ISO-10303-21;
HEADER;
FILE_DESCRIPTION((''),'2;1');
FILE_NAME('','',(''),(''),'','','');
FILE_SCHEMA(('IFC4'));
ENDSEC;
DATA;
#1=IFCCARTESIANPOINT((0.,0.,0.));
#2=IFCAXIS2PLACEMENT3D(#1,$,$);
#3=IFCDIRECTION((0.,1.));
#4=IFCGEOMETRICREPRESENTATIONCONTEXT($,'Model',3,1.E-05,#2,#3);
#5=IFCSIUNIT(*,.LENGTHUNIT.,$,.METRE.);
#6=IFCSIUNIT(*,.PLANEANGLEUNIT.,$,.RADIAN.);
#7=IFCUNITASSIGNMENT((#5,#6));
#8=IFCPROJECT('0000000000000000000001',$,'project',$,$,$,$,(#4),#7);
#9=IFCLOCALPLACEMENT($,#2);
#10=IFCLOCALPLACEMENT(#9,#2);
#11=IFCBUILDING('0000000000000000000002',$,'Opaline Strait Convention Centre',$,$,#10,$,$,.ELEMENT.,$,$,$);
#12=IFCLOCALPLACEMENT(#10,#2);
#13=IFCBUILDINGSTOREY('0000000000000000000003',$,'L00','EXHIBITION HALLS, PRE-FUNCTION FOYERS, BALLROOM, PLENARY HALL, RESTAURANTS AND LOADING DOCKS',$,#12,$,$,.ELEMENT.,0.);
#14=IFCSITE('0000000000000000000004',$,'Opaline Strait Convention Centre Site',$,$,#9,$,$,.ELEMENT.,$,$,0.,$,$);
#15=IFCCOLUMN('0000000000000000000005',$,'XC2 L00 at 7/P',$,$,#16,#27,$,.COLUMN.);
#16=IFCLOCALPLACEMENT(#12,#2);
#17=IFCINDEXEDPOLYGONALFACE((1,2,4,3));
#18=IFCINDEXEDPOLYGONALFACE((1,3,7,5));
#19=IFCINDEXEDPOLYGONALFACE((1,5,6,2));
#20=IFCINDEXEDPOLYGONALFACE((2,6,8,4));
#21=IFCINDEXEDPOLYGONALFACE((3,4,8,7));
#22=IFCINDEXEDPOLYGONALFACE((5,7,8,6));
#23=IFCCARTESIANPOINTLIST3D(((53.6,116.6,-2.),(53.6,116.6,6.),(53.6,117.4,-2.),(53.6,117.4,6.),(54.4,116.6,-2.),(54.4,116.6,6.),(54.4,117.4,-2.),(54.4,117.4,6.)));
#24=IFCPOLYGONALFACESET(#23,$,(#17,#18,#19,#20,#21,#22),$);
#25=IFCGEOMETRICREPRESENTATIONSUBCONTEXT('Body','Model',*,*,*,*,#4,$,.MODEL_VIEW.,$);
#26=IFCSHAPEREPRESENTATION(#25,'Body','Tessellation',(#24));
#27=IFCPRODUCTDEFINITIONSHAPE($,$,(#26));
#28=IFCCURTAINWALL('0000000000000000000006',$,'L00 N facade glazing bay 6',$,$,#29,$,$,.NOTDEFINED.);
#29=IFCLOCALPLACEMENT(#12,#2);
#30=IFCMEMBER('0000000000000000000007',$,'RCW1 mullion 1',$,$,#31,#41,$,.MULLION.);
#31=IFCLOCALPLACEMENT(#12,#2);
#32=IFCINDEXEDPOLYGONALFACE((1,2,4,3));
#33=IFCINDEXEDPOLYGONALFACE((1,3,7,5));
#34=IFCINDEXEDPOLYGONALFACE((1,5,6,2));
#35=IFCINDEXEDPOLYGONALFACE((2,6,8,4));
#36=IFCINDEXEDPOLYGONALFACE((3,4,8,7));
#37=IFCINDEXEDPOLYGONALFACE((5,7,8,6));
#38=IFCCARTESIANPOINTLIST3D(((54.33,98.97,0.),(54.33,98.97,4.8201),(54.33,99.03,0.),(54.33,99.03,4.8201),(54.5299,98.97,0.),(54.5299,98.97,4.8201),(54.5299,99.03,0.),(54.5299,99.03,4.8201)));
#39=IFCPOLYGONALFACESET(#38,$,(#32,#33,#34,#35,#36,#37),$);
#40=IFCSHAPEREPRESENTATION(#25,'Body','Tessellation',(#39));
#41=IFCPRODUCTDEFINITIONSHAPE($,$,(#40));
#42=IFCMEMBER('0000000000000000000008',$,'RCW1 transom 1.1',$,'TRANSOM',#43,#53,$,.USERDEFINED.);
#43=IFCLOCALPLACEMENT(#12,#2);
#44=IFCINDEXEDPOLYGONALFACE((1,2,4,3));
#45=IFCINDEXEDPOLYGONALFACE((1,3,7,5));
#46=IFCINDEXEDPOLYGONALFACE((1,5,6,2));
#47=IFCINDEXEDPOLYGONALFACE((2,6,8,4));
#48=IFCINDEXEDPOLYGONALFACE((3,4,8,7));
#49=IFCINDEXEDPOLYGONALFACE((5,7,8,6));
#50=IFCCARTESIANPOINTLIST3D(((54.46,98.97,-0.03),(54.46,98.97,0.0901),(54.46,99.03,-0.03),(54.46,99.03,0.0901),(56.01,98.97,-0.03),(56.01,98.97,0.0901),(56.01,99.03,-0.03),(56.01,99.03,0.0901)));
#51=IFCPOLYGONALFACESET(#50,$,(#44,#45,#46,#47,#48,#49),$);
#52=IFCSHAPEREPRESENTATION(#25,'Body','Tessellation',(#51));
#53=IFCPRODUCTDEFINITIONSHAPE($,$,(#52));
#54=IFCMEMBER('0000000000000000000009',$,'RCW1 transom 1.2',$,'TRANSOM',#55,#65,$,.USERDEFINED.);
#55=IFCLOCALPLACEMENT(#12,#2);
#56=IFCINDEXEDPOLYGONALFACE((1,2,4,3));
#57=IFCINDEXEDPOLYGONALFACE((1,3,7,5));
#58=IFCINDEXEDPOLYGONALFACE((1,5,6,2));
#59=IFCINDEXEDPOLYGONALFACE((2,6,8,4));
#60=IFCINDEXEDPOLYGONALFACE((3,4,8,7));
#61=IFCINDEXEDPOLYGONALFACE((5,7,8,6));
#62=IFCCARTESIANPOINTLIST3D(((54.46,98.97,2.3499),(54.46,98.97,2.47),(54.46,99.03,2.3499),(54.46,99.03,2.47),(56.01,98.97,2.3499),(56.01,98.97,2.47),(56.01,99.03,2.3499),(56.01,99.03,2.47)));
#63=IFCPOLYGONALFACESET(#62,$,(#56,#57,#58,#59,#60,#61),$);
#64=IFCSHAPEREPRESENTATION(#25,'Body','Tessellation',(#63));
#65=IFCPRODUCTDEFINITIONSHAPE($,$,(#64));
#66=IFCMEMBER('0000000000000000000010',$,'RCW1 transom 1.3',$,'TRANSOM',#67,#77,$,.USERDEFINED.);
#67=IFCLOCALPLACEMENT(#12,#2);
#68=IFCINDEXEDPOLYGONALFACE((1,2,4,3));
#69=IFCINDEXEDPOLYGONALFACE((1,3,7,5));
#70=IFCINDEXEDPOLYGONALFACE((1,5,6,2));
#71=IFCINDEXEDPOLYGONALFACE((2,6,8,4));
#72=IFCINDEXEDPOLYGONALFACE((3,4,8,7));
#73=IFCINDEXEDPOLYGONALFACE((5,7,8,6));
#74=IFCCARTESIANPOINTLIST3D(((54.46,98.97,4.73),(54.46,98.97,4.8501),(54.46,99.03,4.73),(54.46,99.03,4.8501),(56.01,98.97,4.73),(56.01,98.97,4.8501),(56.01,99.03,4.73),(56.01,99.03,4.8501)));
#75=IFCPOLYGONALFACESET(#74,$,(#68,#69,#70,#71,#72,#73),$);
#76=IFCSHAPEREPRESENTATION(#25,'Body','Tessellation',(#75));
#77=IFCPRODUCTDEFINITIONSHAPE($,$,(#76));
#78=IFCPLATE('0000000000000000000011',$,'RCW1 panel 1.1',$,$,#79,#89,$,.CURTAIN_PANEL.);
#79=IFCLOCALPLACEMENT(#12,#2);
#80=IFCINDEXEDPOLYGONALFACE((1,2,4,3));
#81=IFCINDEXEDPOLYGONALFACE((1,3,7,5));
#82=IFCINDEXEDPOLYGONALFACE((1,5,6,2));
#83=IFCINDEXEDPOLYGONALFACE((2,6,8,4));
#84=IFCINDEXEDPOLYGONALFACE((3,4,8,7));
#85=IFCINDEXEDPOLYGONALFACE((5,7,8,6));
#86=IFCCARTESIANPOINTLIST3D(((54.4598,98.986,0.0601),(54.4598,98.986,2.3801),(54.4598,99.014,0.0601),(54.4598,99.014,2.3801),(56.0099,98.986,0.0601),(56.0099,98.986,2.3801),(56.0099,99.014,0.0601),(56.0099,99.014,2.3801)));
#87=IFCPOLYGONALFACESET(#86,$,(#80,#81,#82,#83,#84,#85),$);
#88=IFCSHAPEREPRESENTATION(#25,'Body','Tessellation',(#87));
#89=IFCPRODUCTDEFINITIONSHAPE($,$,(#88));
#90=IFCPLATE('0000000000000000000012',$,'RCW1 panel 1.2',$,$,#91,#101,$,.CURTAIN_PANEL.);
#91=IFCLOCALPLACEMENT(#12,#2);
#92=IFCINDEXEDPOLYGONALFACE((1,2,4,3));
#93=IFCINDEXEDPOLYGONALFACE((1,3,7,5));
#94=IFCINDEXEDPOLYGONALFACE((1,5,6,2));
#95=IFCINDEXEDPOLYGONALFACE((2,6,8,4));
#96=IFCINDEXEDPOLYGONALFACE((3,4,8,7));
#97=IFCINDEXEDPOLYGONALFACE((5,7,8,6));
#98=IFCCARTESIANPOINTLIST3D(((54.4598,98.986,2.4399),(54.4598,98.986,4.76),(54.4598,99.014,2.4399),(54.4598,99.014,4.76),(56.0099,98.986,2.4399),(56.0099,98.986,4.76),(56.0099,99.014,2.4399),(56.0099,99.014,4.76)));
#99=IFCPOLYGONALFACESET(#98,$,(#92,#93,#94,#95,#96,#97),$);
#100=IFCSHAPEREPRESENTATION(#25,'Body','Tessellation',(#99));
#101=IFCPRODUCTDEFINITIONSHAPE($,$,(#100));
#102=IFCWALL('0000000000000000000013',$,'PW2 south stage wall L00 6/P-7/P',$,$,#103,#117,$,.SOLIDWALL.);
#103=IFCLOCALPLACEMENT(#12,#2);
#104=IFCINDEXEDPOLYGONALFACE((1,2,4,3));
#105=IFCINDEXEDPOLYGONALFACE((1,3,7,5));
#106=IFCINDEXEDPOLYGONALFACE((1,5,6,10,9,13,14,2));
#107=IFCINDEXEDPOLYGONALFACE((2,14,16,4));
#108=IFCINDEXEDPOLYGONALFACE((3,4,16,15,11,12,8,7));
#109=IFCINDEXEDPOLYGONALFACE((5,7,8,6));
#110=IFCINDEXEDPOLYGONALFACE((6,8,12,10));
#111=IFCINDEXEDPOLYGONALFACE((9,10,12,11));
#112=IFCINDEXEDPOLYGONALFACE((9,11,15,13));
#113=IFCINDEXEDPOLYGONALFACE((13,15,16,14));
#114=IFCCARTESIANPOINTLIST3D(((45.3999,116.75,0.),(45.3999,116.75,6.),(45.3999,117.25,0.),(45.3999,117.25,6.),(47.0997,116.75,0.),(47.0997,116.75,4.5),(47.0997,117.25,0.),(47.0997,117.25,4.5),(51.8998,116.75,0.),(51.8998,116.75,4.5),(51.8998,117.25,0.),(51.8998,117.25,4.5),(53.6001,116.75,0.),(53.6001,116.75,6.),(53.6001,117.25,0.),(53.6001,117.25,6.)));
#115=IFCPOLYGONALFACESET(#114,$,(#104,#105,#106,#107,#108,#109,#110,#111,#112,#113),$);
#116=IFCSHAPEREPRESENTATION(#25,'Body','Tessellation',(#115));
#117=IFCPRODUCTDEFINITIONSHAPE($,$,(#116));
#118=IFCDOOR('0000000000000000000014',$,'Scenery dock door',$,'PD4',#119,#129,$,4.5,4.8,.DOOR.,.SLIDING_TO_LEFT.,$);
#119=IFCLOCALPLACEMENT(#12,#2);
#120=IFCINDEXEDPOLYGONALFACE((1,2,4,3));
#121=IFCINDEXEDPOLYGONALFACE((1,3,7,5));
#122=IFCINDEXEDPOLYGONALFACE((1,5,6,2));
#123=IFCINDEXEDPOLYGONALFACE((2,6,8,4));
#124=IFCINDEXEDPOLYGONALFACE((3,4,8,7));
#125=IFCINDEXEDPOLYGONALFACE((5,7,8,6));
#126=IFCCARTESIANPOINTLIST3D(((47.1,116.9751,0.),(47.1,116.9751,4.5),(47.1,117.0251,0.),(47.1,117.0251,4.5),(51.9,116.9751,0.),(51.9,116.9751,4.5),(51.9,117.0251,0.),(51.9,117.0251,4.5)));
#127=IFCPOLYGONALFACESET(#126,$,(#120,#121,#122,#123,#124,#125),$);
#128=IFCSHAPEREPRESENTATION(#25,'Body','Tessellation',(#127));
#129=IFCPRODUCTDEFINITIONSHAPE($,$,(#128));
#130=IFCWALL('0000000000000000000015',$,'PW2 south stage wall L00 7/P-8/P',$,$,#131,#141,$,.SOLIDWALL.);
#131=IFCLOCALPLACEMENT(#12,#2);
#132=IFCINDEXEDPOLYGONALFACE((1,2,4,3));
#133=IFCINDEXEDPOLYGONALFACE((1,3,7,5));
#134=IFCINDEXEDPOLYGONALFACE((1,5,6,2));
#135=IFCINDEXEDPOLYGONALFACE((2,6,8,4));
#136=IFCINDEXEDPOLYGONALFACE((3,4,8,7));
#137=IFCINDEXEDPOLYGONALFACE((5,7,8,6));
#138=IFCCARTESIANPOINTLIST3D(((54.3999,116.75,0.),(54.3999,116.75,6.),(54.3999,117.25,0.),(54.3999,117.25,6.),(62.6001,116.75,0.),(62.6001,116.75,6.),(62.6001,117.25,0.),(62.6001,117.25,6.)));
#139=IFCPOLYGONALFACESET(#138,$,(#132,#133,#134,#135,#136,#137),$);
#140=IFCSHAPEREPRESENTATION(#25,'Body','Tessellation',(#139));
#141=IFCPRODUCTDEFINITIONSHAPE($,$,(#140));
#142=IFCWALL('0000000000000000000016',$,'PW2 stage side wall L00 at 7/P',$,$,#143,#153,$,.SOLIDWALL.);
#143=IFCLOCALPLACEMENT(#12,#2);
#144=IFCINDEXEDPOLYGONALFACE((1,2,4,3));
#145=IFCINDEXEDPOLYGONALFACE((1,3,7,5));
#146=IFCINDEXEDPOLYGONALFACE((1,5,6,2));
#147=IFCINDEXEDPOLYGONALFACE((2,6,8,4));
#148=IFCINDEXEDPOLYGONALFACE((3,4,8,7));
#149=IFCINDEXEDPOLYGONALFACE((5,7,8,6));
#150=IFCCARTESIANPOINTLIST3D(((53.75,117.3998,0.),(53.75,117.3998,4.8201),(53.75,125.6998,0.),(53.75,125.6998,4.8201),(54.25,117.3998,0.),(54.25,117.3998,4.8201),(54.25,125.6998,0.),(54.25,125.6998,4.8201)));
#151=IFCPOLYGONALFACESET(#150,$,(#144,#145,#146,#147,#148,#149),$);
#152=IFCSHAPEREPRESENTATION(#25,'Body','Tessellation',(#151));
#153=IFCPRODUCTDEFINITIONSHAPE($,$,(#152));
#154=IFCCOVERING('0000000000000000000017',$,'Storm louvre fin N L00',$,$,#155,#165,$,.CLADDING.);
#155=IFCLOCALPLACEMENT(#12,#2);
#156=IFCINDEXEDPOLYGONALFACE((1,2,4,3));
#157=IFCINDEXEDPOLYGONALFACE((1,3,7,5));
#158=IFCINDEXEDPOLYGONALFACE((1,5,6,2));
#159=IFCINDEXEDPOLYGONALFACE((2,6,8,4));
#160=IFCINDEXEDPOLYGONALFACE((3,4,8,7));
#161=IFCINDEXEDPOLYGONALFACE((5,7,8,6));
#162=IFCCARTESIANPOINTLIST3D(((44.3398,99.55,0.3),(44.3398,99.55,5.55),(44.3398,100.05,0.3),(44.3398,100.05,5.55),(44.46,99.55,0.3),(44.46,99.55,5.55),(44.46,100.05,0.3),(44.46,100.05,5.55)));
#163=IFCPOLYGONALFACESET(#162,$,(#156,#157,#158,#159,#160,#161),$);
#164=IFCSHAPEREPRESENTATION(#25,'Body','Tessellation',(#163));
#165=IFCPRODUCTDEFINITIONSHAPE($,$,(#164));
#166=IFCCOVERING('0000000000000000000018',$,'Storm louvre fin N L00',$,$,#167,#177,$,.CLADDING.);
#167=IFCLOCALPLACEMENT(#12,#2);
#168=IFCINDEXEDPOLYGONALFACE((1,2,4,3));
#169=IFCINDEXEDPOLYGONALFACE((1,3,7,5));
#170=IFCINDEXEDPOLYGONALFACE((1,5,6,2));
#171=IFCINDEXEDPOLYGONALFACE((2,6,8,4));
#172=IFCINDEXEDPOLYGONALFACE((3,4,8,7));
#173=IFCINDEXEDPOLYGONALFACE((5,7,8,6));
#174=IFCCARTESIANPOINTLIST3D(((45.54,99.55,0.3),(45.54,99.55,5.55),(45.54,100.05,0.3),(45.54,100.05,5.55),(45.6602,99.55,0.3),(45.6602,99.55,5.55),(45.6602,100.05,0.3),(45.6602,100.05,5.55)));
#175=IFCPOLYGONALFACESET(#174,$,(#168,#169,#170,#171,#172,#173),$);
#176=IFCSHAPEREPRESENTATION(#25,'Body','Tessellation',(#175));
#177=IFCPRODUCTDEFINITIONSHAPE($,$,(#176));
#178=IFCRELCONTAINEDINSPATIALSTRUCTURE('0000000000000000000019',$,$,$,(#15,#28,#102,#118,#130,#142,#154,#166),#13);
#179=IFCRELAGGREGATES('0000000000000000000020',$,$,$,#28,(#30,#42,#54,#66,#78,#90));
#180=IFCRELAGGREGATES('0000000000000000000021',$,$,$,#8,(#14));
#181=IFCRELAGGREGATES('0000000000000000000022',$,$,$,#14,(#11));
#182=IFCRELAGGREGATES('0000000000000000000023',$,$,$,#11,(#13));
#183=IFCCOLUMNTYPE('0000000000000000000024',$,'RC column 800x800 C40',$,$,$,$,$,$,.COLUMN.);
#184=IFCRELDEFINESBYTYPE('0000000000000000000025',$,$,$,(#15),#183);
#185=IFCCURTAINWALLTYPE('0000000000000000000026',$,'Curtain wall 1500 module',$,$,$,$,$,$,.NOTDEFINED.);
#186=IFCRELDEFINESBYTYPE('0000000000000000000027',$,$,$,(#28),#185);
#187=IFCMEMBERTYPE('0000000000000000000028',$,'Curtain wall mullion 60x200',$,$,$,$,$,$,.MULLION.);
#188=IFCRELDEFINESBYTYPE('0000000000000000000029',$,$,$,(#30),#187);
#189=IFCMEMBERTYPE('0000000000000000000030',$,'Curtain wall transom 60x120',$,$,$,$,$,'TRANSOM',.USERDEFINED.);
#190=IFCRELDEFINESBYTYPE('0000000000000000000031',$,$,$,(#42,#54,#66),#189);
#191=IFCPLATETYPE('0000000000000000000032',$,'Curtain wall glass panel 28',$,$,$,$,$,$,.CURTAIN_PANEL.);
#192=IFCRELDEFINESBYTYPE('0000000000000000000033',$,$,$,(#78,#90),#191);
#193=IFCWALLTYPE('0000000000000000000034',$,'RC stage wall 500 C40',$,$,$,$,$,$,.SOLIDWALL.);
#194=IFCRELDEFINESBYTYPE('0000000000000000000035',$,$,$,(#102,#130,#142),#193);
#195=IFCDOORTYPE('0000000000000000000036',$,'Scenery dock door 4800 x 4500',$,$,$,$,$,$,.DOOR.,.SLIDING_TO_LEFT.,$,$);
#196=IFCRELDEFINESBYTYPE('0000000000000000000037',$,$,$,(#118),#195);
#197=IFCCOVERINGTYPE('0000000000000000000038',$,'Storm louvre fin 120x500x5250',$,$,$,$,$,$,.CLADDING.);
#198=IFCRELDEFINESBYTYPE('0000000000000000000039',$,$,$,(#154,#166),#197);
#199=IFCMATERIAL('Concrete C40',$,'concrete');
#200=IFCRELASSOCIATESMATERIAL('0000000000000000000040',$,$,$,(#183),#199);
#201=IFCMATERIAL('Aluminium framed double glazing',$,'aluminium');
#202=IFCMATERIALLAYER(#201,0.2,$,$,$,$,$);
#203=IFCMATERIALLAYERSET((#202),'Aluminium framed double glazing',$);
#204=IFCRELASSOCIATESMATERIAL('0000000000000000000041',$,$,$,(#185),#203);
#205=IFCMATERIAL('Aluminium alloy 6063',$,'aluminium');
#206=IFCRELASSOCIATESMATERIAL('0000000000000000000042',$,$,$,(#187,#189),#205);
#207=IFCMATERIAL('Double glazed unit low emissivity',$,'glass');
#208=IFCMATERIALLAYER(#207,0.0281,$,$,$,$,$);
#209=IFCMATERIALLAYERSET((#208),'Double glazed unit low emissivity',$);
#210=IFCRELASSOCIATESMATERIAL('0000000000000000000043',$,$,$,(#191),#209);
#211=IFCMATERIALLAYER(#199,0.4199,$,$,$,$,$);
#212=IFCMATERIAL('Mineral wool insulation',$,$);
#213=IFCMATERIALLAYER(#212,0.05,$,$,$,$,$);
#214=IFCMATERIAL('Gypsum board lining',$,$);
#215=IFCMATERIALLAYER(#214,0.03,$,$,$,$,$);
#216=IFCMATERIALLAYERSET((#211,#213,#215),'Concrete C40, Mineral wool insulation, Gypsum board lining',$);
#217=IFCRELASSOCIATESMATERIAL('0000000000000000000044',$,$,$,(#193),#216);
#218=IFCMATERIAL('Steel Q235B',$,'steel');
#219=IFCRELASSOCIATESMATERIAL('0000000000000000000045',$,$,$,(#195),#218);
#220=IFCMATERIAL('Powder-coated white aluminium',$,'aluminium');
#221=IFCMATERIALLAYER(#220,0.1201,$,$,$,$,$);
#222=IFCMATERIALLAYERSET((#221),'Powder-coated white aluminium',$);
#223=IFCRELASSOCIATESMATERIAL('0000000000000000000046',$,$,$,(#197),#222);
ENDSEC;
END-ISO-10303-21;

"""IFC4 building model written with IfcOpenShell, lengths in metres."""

from ifc_helpers import new_model, si_unit, direction, frame, frame_2d, origin, origin_2d, place, context, subcontext, project, spatial, rectangle, extrude, material, layer, layer_set, material_profile, profile_set, type_object, element, fill, aggregate, save


model = new_model("IFC4")

# Units and contexts
model_context = context("Model", 3, precision=1e-05, world=origin(), true_north=direction((0.0, 1.0)))
body_context = subcontext(model_context, "Body", "Model", "MODEL_VIEW")
ifc_project = project(units=[si_unit("LENGTHUNIT", "METRE"), si_unit("PLANEANGLEUNIT", "RADIAN")], contexts=[model_context])

# Site, building, storey
site_placement = place(None, origin())
site = spatial("IfcSite", under=ifc_project, at=site_placement, Name="Opaline Strait Convention Centre Site", CompositionType="ELEMENT", RefElevation=0.0)
building_placement = place(site_placement, origin())
building = spatial("IfcBuilding", under=site, at=building_placement, Name="Opaline Strait Convention Centre", CompositionType="ELEMENT")
storey_placement = place(building_placement, origin())
storey = spatial("IfcBuildingStorey", under=building, at=storey_placement, Name="L00", Description="EXHIBITION HALLS, PRE-FUNCTION FOYERS, BALLROOM, PLENARY HALL, RESTAURANTS AND LOADING DOCKS", CompositionType="ELEMENT", Elevation=0.0)

# Column
ifc_material_1 = material(Name="Concrete C40", Category="concrete")
ifc_material_profile_1 = material_profile(ifc_material_1, rectangle(XDim=0.8, YDim=0.8, at=origin_2d()), Name="RC 800x800")
ifc_profile_set_1 = profile_set([ifc_material_profile_1], Name="Concrete C40")
column_type = type_object("IfcColumnType", Name="RC column 800x800 C40", PredefinedType="COLUMN", material=ifc_profile_set_1)
for number, where, z_axis, x_axis, name in (
    (1, (54.0, 117.0, -2.0), (0.0, 0.0, 1.0), (1.0, 0.0, 0.0), "XC2 L00 at 7/P"),
):
    element("IfcColumn", number, at=place(storey_placement, frame(where, z_axis=z_axis, x_axis=x_axis)), inside=storey, type_object=column_type, Name=name, PredefinedType="COLUMN", context=body_context, shape_type="SweptSolid", body=[
        extrude(rectangle(XDim=0.8, YDim=0.8, at=origin_2d()), origin(), (0.0, 0.0, 1.0), 8.0),
    ])

# Curtain wall, members, plates
ifc_material_2 = material(Name="Aluminium framed double glazing", Category="aluminium")
ifc_layer_1 = layer(ifc_material_2, 0.2)
ifc_layer_set_1 = layer_set([ifc_layer_1], Name="Aluminium framed double glazing")
curtain_wall_type = type_object("IfcCurtainWallType", Name="Curtain wall 1500 module", PredefinedType="NOTDEFINED", material=ifc_layer_set_1)
curtain_wall_placement = place(storey_placement, origin())
curtain_wall = element("IfcCurtainWall", 2, at=curtain_wall_placement, inside=storey, type_object=curtain_wall_type, Name="L00 N facade glazing bay 6", PredefinedType="NOTDEFINED")
ifc_material_3 = material(Name="Aluminium alloy 6063", Category="aluminium")
ifc_material_profile_2 = material_profile(ifc_material_3, rectangle(XDim=0.0601, YDim=0.2, at=origin_2d()), Name="Curtain wall mullion 60x200")
ifc_profile_set_2 = profile_set([ifc_material_profile_2], Name="Aluminium alloy 6063")
member_type_1 = type_object("IfcMemberType", Name="Curtain wall mullion 60x200", PredefinedType="MULLION", material=ifc_profile_set_2)
member_1_placement = place(storey_placement, frame((54.4299, 99.0, 0.0), z_axis=(0.0, 0.0, 1.0), x_axis=(0.0, 1.0, 0.0)))
member_1 = element("IfcMember", 3, at=member_1_placement, type_object=member_type_1, Name="RCW1 mullion 1", PredefinedType="MULLION", context=body_context, shape_type="SweptSolid", body=[
    extrude(rectangle(XDim=0.0601, YDim=0.2, at=origin_2d()), origin(), (0.0, 0.0, 1.0), 4.8201),
])
ifc_material_profile_3 = material_profile(ifc_material_3, rectangle(XDim=0.0601, YDim=0.1201, at=origin_2d()), Name="Curtain wall transom 60x120")
ifc_profile_set_3 = profile_set([ifc_material_profile_3], Name="Aluminium alloy 6063")
member_type_2 = type_object("IfcMemberType", Name="Curtain wall transom 60x120", ElementType="TRANSOM", PredefinedType="USERDEFINED", material=ifc_profile_set_3)
member_2_placement = place(storey_placement, frame((54.46, 99.0, 0.03), z_axis=(1.0, 0.0, 0.0), x_axis=(0.0, 1.0, 0.0)))
member_2 = element("IfcMember", 4, at=member_2_placement, type_object=member_type_2, Name="RCW1 transom 1.1", ObjectType="TRANSOM", PredefinedType="USERDEFINED", context=body_context, shape_type="SweptSolid", body=[
    extrude(rectangle(XDim=0.0601, YDim=0.1201, at=origin_2d()), origin(), (0.0, 0.0, 1.0), 1.55),
])
member_3_placement = place(storey_placement, frame((54.46, 99.0, 2.4099), z_axis=(1.0, 0.0, 0.0), x_axis=(0.0, 1.0, 0.0)))
member_3 = element("IfcMember", 5, at=member_3_placement, type_object=member_type_2, Name="RCW1 transom 1.2", ObjectType="TRANSOM", PredefinedType="USERDEFINED", context=body_context, shape_type="SweptSolid", body=[
    extrude(rectangle(XDim=0.0601, YDim=0.1201, at=origin_2d()), origin(), (0.0, 0.0, 1.0), 1.55),
])
member_4_placement = place(storey_placement, frame((54.46, 99.0, 4.79), z_axis=(1.0, 0.0, 0.0), x_axis=(0.0, 1.0, 0.0)))
member_4 = element("IfcMember", 6, at=member_4_placement, type_object=member_type_2, Name="RCW1 transom 1.3", ObjectType="TRANSOM", PredefinedType="USERDEFINED", context=body_context, shape_type="SweptSolid", body=[
    extrude(rectangle(XDim=0.0601, YDim=0.1201, at=origin_2d()), origin(), (0.0, 0.0, 1.0), 1.55),
])
ifc_material_4 = material(Name="Double glazed unit low emissivity", Category="glass")
ifc_layer_2 = layer(ifc_material_4, 0.0281)
ifc_layer_set_2 = layer_set([ifc_layer_2], Name="Double glazed unit low emissivity")
plate_type = type_object("IfcPlateType", Name="Curtain wall glass panel 28", PredefinedType="CURTAIN_PANEL", material=ifc_layer_set_2)
plate_1_placement = place(storey_placement, frame((55.2349, 99.0, 0.0601), z_axis=(0.0, 0.0, 1.0), x_axis=(1.0, 0.0, 0.0)))
plate_1 = element("IfcPlate", 7, at=plate_1_placement, type_object=plate_type, Name="RCW1 panel 1.1", PredefinedType="CURTAIN_PANEL", context=body_context, shape_type="SweptSolid", body=[
    extrude(rectangle(XDim=1.55, YDim=0.0281, at=origin_2d()), origin(), (0.0, 0.0, 1.0), 2.3201),
])
plate_2_placement = place(storey_placement, frame((55.2349, 99.0, 2.4399), z_axis=(0.0, 0.0, 1.0), x_axis=(1.0, 0.0, 0.0)))
plate_2 = element("IfcPlate", 8, at=plate_2_placement, type_object=plate_type, Name="RCW1 panel 1.2", PredefinedType="CURTAIN_PANEL", context=body_context, shape_type="SweptSolid", body=[
    extrude(rectangle(XDim=1.55, YDim=0.0281, at=origin_2d()), origin(), (0.0, 0.0, 1.0), 2.3201),
])
aggregate(curtain_wall, [member_1, member_2, member_3, member_4, plate_1, plate_2])

# Wall, opening, door
ifc_layer_3 = layer(ifc_material_1, 0.4199)
ifc_material_5 = material(Name="Mineral wool insulation")
ifc_layer_4 = layer(ifc_material_5, 0.05)
ifc_material_6 = material(Name="Gypsum board lining")
ifc_layer_5 = layer(ifc_material_6, 0.03)
ifc_layer_set_3 = layer_set([ifc_layer_3, ifc_layer_4, ifc_layer_5], Name="Concrete C40, Mineral wool insulation, Gypsum board lining")
wall_type = type_object("IfcWallType", Name="RC stage wall 500 C40", PredefinedType="SOLIDWALL", material=ifc_layer_set_3)
wall_1_placement = place(storey_placement, frame((45.3999, 117.0, 0.0), z_axis=(0.0, 0.0, 1.0), x_axis=(1.0, 0.0, 0.0)))
wall_1 = element("IfcWall", 9, at=wall_1_placement, inside=storey, type_object=wall_type, Name="PW2 south stage wall L00 6/P-7/P", PredefinedType="SOLIDWALL", context=body_context, shape_type="SweptSolid", body=[
    extrude(rectangle(XDim=8.2002, YDim=0.5, at=frame_2d((4.1001, 0.0))), origin(), (0.0, 0.0, 1.0), 6.0),
])
opening_placement = place(wall_1_placement, frame((1.7, 0.0, 0.0)))
opening = element("IfcOpeningElement", 10, at=opening_placement, cuts=wall_1, PredefinedType="OPENING", context=body_context, shape_type="SweptSolid", body=[
    extrude(rectangle(XDim=4.8, YDim=4.5, at=frame_2d((2.3999, 2.25))), frame((0.0, 0.26, 0.0), z_axis=(0.0, -1.0, 0.0), x_axis=(1.0, 0.0, 0.0)), (0.0, 0.0, 1.0), 0.52),
])
ifc_material_7 = material(Name="Steel Q235B", Category="steel")
door_type = type_object("IfcDoorType", Name="Scenery dock door 4800 x 4500", OperationType="SLIDING_TO_LEFT", PredefinedType="DOOR", material=ifc_material_7)
door_placement = place(opening_placement, frame((4.8, 0.0, 0.0), z_axis=(0.0, 0.0, 1.0), x_axis=(-1.0, 0.0, 0.0)))
door = element("IfcDoor", 11, at=door_placement, inside=storey, type_object=door_type, Name="Scenery dock door", ObjectType="PD4", OperationType="SLIDING_TO_LEFT", OverallHeight=4.5, OverallWidth=4.8, PredefinedType="DOOR", context=body_context, shape_type="SweptSolid", body=[
    extrude(rectangle(XDim=4.8, YDim=4.5, at=frame_2d((2.3999, 2.25))), frame((0.0, 0.0249, 0.0), z_axis=(0.0, -1.0, 0.0), x_axis=(1.0, 0.0, 0.0)), (0.0, 0.0, 1.0), 0.05),
])
fill(opening, door)

# Walls
wall_2_placement = place(storey_placement, frame((54.3999, 117.0, 0.0), z_axis=(0.0, 0.0, 1.0), x_axis=(1.0, 0.0, 0.0)))
element("IfcWall", 12, at=wall_2_placement, inside=storey, type_object=wall_type, Name="PW2 south stage wall L00 7/P-8/P", PredefinedType="SOLIDWALL", context=body_context, shape_type="SweptSolid", body=[
    extrude(rectangle(XDim=8.2002, YDim=0.5, at=frame_2d((4.1001, 0.0))), origin(), (0.0, 0.0, 1.0), 6.0),
])
wall_3_placement = place(storey_placement, frame((54.0, 117.3999, 0.0), z_axis=(0.0, 0.0, 1.0), x_axis=(0.0, 1.0, 0.0)))
element("IfcWall", 13, at=wall_3_placement, inside=storey, type_object=wall_type, Name="PW2 stage side wall L00 at 7/P", PredefinedType="SOLIDWALL", context=body_context, shape_type="SweptSolid", body=[
    extrude(rectangle(XDim=8.3, YDim=0.5, at=frame_2d((4.1499, 0.0))), origin(), (0.0, 0.0, 1.0), 4.8201),
])

# Coverings
ifc_material_8 = material(Name="Powder-coated white aluminium", Category="aluminium")
ifc_layer_6 = layer(ifc_material_8, 0.1201)
ifc_layer_set_4 = layer_set([ifc_layer_6], Name="Powder-coated white aluminium")
covering_type = type_object("IfcCoveringType", Name="Storm louvre fin 120x500x5250", PredefinedType="CLADDING", material=ifc_layer_set_4)
for number, where, z_axis, x_axis, name in (
    (14, (44.3999, 99.8, 0.3), (0.0, 0.0, 1.0), (1.0, 0.0, 0.0), "Storm louvre fin N L00"),
    (15, (45.6001, 99.8, 0.3), (0.0, 0.0, 1.0), (1.0, 0.0, 0.0), "Storm louvre fin N L00"),
):
    element("IfcCovering", number, at=place(storey_placement, frame(where, z_axis=z_axis, x_axis=x_axis)), inside=storey, type_object=covering_type, Name=name, PredefinedType="CLADDING", context=body_context, shape_type="SweptSolid", body=[
        extrude(rectangle(XDim=0.1201, YDim=0.5, at=origin_2d()), origin(), (0.0, 0.0, 1.0), 5.25),
    ])

save(model, "model.ifc")
